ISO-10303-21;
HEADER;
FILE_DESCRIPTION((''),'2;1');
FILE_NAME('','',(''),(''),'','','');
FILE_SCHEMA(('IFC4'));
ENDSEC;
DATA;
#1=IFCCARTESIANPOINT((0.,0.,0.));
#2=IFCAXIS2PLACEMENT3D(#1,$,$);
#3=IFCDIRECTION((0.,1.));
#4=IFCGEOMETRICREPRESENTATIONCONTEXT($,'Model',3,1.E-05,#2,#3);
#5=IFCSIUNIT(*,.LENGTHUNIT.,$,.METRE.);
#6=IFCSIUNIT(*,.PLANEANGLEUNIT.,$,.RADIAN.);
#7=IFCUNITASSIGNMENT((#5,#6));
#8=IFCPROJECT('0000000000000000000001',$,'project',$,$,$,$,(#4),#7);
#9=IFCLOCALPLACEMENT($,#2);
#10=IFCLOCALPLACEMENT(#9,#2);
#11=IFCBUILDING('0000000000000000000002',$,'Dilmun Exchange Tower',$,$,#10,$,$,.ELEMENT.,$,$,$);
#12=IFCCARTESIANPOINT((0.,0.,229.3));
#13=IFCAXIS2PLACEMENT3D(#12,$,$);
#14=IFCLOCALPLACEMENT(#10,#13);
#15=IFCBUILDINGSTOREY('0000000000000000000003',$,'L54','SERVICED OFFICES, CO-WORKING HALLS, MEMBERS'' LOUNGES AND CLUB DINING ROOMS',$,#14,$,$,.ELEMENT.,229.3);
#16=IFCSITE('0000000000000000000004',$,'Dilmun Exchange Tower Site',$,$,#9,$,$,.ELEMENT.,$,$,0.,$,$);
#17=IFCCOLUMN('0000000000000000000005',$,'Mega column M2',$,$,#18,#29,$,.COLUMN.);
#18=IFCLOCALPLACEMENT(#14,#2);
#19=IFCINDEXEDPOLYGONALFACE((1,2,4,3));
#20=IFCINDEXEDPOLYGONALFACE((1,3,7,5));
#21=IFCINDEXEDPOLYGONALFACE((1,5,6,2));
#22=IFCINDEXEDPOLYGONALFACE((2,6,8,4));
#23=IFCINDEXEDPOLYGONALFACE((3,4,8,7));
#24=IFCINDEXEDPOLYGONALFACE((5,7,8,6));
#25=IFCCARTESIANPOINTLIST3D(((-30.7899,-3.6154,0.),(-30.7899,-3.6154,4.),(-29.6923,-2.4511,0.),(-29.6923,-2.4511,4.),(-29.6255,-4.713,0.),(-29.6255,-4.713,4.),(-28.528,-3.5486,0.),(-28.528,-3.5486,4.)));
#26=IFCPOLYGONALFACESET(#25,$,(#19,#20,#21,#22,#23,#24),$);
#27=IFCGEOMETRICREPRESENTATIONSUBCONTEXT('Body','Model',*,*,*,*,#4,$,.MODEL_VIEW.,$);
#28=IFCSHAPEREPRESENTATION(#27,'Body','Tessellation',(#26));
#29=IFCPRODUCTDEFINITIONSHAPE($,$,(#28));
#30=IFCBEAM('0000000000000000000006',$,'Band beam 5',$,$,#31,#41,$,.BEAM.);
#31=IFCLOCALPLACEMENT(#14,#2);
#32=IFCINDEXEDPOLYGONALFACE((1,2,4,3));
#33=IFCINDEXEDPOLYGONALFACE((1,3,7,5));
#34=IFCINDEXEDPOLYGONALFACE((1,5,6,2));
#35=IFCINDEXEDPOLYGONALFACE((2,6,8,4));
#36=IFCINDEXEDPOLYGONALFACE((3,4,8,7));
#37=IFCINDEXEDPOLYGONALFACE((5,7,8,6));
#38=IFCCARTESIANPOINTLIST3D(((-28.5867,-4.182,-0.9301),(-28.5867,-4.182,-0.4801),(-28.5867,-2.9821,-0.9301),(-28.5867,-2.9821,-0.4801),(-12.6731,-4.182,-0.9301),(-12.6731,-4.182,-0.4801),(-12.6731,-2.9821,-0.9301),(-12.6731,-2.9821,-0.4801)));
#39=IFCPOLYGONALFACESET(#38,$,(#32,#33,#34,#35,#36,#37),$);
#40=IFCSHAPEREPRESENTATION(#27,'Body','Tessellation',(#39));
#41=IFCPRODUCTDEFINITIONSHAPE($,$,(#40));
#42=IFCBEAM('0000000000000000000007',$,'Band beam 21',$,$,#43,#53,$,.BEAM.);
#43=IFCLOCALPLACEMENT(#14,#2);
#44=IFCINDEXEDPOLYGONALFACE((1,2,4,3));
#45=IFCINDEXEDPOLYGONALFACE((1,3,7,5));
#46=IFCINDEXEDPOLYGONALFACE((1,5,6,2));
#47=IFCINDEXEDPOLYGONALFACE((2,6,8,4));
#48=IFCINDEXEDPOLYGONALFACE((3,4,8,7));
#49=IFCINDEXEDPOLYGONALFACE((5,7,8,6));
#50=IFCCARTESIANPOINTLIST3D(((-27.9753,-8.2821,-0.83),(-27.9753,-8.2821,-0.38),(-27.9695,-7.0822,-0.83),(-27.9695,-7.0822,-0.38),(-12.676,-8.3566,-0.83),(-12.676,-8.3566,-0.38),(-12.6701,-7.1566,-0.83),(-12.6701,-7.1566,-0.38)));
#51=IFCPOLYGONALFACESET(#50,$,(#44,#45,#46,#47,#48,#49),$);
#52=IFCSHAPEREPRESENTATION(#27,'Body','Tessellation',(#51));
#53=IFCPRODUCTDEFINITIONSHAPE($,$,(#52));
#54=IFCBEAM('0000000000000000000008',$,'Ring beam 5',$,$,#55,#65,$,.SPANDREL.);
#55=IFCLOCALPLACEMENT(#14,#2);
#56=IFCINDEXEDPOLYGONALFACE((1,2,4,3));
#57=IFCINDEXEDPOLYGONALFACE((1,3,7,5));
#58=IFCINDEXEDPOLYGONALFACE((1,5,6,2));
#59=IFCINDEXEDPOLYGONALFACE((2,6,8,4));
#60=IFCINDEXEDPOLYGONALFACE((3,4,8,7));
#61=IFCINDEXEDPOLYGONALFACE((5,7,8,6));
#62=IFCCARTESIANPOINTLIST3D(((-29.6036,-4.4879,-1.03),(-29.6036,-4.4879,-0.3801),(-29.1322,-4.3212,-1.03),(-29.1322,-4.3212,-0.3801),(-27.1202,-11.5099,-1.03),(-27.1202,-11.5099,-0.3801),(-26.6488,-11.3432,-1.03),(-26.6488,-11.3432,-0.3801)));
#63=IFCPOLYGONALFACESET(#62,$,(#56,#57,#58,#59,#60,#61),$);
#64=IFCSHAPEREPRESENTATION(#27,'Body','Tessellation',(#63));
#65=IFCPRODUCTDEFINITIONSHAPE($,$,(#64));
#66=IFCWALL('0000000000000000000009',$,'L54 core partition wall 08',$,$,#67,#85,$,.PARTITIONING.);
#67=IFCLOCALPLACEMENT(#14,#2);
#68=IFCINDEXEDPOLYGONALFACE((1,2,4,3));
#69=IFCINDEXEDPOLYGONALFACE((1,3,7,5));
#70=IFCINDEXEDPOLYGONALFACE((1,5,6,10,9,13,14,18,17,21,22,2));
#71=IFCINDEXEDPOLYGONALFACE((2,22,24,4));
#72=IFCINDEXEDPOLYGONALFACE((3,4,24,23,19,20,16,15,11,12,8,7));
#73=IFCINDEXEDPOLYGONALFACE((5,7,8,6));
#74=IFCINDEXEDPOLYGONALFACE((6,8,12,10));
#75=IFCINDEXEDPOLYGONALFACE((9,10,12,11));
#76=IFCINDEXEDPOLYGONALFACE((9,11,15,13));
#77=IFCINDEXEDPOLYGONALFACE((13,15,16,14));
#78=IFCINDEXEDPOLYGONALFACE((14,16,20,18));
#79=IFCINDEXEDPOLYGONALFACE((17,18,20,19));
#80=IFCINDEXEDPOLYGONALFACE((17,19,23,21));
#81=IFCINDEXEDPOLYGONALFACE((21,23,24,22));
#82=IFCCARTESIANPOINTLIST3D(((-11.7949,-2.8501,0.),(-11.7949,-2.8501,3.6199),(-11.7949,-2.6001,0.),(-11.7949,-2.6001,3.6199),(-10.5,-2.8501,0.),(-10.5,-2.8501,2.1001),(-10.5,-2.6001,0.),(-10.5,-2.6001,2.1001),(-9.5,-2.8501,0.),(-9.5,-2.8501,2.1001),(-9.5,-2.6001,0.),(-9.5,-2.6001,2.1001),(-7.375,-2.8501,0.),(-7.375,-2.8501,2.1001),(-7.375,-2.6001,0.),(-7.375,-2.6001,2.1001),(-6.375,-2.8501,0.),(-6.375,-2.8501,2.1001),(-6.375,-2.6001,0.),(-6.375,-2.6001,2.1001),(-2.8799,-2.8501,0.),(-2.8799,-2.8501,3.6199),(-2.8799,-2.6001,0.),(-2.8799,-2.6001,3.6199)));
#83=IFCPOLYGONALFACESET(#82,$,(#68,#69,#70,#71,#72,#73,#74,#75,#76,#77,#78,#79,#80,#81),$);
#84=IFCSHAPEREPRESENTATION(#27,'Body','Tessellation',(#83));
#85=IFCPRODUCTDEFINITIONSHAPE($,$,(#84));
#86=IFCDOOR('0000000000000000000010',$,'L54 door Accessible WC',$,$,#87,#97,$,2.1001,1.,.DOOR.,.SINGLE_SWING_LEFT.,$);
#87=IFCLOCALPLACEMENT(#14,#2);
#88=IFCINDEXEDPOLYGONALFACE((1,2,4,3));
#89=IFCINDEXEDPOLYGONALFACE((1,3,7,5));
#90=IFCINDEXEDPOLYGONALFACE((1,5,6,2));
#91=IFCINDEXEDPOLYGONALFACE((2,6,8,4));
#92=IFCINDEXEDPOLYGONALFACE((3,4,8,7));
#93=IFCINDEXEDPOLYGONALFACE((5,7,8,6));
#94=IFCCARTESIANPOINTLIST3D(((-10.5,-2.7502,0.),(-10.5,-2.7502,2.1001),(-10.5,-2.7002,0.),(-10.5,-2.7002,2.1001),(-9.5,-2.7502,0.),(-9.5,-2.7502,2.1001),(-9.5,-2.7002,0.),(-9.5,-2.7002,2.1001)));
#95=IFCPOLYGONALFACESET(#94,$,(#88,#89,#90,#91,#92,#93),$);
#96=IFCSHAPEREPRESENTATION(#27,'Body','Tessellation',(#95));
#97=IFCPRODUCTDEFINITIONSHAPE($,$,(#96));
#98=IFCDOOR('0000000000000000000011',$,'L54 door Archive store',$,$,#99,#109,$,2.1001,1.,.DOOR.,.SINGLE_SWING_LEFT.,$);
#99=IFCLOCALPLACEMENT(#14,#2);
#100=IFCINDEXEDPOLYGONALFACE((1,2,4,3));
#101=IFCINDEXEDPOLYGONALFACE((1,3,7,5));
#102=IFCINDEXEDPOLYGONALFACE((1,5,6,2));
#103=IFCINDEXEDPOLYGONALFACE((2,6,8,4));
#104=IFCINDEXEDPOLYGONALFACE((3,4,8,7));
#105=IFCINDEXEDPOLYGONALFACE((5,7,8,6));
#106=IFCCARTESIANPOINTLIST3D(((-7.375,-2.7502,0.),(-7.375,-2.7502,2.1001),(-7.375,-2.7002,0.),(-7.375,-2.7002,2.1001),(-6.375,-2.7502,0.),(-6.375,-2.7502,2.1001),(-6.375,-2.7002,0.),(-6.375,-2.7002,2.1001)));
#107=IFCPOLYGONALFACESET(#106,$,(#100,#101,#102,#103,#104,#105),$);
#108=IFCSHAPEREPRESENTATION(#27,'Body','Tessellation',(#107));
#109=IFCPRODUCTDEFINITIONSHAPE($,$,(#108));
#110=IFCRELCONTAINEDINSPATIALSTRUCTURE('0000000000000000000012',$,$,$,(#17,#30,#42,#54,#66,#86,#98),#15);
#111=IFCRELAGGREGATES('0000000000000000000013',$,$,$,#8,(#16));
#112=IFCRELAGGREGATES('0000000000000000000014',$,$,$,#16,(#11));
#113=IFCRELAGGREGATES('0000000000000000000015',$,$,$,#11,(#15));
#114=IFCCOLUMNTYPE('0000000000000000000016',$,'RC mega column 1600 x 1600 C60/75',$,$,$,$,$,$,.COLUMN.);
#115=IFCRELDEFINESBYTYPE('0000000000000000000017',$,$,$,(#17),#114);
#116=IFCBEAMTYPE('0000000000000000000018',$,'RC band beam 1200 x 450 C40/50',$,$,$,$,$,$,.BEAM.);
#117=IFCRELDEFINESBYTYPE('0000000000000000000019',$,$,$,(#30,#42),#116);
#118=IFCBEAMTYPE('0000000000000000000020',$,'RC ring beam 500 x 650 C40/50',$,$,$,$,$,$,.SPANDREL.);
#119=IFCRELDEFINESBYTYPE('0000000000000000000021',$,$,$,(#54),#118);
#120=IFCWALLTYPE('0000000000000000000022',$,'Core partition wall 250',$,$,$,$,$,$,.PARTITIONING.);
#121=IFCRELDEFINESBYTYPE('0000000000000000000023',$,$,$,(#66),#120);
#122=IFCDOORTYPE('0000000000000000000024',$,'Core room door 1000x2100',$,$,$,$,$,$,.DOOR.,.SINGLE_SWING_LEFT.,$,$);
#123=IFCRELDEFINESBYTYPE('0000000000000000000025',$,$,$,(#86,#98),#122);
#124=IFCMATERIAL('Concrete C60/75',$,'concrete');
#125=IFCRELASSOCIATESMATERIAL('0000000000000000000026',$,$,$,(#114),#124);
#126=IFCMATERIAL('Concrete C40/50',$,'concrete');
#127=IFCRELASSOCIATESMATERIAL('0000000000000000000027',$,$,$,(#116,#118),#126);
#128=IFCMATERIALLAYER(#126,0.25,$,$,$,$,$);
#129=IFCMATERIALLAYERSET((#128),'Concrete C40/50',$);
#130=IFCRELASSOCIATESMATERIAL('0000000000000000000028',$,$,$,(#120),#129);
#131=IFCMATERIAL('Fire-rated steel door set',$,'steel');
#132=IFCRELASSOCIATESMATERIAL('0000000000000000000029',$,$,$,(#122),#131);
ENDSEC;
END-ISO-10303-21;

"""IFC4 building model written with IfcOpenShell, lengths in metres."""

from ifc_helpers import new_model, si_unit, direction, frame, frame_2d, origin, origin_2d, place, context, subcontext, project, spatial, rectangle, extrude, material, layer, layer_set, material_profile, profile_set, type_object, element, fill, save


model = new_model("IFC4")

# Units and contexts
model_context = context("Model", 3, precision=1e-05, world=origin(), true_north=direction((0.0, 1.0)))
body_context = subcontext(model_context, "Body", "Model", "MODEL_VIEW")
ifc_project = project(units=[si_unit("LENGTHUNIT", "METRE"), si_unit("PLANEANGLEUNIT", "RADIAN")], contexts=[model_context])

# Site, building, storey
site_placement = place(None, origin())
site = spatial("IfcSite", under=ifc_project, at=site_placement, Name="Dilmun Exchange Tower Site", CompositionType="ELEMENT", RefElevation=0.0)
building_placement = place(site_placement, origin())
building = spatial("IfcBuilding", under=site, at=building_placement, Name="Dilmun Exchange Tower", CompositionType="ELEMENT")
storey_placement = place(building_placement, frame((0.0, 0.0, 229.3)))
storey = spatial("IfcBuildingStorey", under=building, at=storey_placement, Name="L54", Description="SERVICED OFFICES, CO-WORKING HALLS, MEMBERS' LOUNGES AND CLUB DINING ROOMS", CompositionType="ELEMENT", Elevation=229.3)

# Column
ifc_material_1 = material(Name="Concrete C60/75", Category="concrete")
ifc_material_profile_1 = material_profile(ifc_material_1, rectangle(XDim=1.6001, YDim=1.6001, at=origin_2d()), Name="1600 x 1600")
ifc_profile_set_1 = profile_set([ifc_material_profile_1], Name="Concrete C60/75")
column_type = type_object("IfcColumnType", Name="RC mega column 1600 x 1600 C60/75", PredefinedType="COLUMN", material=ifc_profile_set_1)
column_placement = place(storey_placement, frame((-29.6589, -3.582, 0.0), z_axis=(0.0, 0.0, 1.0), x_axis=(0.685916, 0.727681, 0.0)))
element("IfcColumn", 1, at=column_placement, inside=storey, type_object=column_type, Name="Mega column M2", PredefinedType="COLUMN", context=body_context, shape_type="SweptSolid", body=[
    extrude(rectangle(XDim=1.6001, YDim=1.6001, at=origin_2d()), origin(), (0.0, 0.0, 1.0), 4.0),
])

# Beams
ifc_material_2 = material(Name="Concrete C40/50", Category="concrete")
ifc_material_profile_2 = material_profile(ifc_material_2, rectangle(XDim=1.2, YDim=0.45, at=origin_2d()), Name="1200 x 450")
ifc_profile_set_2 = profile_set([ifc_material_profile_2], Name="Concrete C40/50")
beam_type_1 = type_object("IfcBeamType", Name="RC band beam 1200 x 450 C40/50", PredefinedType="BEAM", material=ifc_profile_set_2)
beam_1_placement = place(storey_placement, frame((-28.5867, -3.582, -0.7051), z_axis=(1.0, 0.0, 0.0), x_axis=(0.0, 1.0, 0.0)))
element("IfcBeam", 2, at=beam_1_placement, inside=storey, type_object=beam_type_1, Name="Band beam 5", PredefinedType="BEAM", context=body_context, shape_type="SweptSolid", body=[
    extrude(rectangle(XDim=1.2, YDim=0.45, at=origin_2d()), origin(), (0.0, 0.0, 1.0), 15.9136),
])
beam_2_placement = place(storey_placement, frame((-27.9724, -7.6821, -0.605), z_axis=(0.999988, -0.004867, 0.0), x_axis=(0.004867, 0.999988, 0.0)))
element("IfcBeam", 3, at=beam_2_placement, inside=storey, type_object=beam_type_1, Name="Band beam 21", PredefinedType="BEAM", context=body_context, shape_type="SweptSolid", body=[
    extrude(rectangle(XDim=1.2, YDim=0.45, at=origin_2d()), origin(), (0.0, 0.0, 1.0), 15.2996),
])
ifc_material_profile_3 = material_profile(ifc_material_2, rectangle(XDim=0.5, YDim=0.6499, at=origin_2d()), Name="500 x 650")
ifc_profile_set_3 = profile_set([ifc_material_profile_3], Name="Concrete C40/50")
beam_type_2 = type_object("IfcBeamType", Name="RC ring beam 500 x 650 C40/50", PredefinedType="SPANDREL", material=ifc_profile_set_3)
beam_3_placement = place(storey_placement, frame((-29.3679, -4.4045, -0.7051), z_axis=(0.333424, -0.942777, 0.0), x_axis=(0.942777, 0.333424, 0.0)))
element("IfcBeam", 4, at=beam_3_placement, inside=storey, type_object=beam_type_2, Name="Ring beam 5", PredefinedType="SPANDREL", context=body_context, shape_type="SweptSolid", body=[
    extrude(rectangle(XDim=0.5, YDim=0.6499, at=origin_2d()), origin(), (0.0, 0.0, 1.0), 7.4482),
])

# Wall, openings, doors
ifc_layer_1 = layer(ifc_material_2, 0.25)
ifc_layer_set_1 = layer_set([ifc_layer_1], Name="Concrete C40/50")
wall_type_1 = type_object("IfcWallType", Name="Core partition wall 250", PredefinedType="PARTITIONING", material=ifc_layer_set_1)
wall_1_placement = place(storey_placement, frame((-11.7949, -2.7251, 0.0), z_axis=(0.0, 0.0, 1.0), x_axis=(1.0, 0.0, 0.0)))
wall_1 = element("IfcWall", 5, at=wall_1_placement, inside=storey, type_object=wall_type_1, Name="L54 core partition wall 08", PredefinedType="PARTITIONING", context=body_context, shape_type="SweptSolid", body=[
    extrude(rectangle(XDim=8.915, YDim=0.25, at=frame_2d((4.4575, 0.0))), origin(), (0.0, 0.0, 1.0), 3.6199),
])
opening_1_placement = place(wall_1_placement, frame((1.2949, 0.0, 0.0)))
opening_1 = element("IfcOpeningElement", 6, at=opening_1_placement, cuts=wall_1, PredefinedType="OPENING", context=body_context, shape_type="SweptSolid", body=[
    extrude(rectangle(XDim=1.0, YDim=2.1001, at=frame_2d((0.5, 1.05))), frame((0.0, 0.135, 0.0), z_axis=(0.0, -1.0, 0.0), x_axis=(1.0, 0.0, 0.0)), (0.0, 0.0, 1.0), 0.27),
])
opening_2_placement = place(wall_1_placement, frame((4.4199, 0.0, 0.0)))
opening_2 = element("IfcOpeningElement", 7, at=opening_2_placement, cuts=wall_1, PredefinedType="OPENING", context=body_context, shape_type="SweptSolid", body=[
    extrude(rectangle(XDim=1.0, YDim=2.1001, at=frame_2d((0.5, 1.05))), frame((0.0, 0.135, 0.0), z_axis=(0.0, -1.0, 0.0), x_axis=(1.0, 0.0, 0.0)), (0.0, 0.0, 1.0), 0.27),
])
ifc_material_3 = material(Name="Fire-rated steel door set", Category="steel")
door_type_1 = type_object("IfcDoorType", Name="Core room door 1000x2100", OperationType="SINGLE_SWING_LEFT", PredefinedType="DOOR", material=ifc_material_3)
door_1_placement = place(opening_1_placement, origin())
door_1 = element("IfcDoor", 8, at=door_1_placement, inside=storey, type_object=door_type_1, Name="L54 door Accessible WC", OperationType="SINGLE_SWING_LEFT", OverallHeight=2.1001, OverallWidth=1.0, PredefinedType="DOOR", context=body_context, shape_type="SweptSolid", body=[
    extrude(rectangle(XDim=1.0, YDim=2.1001, at=frame_2d((0.5, 1.05))), frame((0.0, 0.0249, 0.0), z_axis=(0.0, -1.0, 0.0), x_axis=(1.0, 0.0, 0.0)), (0.0, 0.0, 1.0), 0.05),
])
fill(opening_1, door_1)
door_2_placement = place(opening_2_placement, origin())
door_2 = element("IfcDoor", 9, at=door_2_placement, inside=storey, type_object=door_type_1, Name="L54 door Archive store", OperationType="SINGLE_SWING_LEFT", OverallHeight=2.1001, OverallWidth=1.0, PredefinedType="DOOR", context=body_context, shape_type="SweptSolid", body=[
    extrude(rectangle(XDim=1.0, YDim=2.1001, at=frame_2d((0.5, 1.05))), frame((0.0, 0.0249, 0.0), z_axis=(0.0, -1.0, 0.0), x_axis=(1.0, 0.0, 0.0)), (0.0, 0.0, 1.0), 0.05),
])
fill(opening_2, door_2)

save(model, "model.ifc")
